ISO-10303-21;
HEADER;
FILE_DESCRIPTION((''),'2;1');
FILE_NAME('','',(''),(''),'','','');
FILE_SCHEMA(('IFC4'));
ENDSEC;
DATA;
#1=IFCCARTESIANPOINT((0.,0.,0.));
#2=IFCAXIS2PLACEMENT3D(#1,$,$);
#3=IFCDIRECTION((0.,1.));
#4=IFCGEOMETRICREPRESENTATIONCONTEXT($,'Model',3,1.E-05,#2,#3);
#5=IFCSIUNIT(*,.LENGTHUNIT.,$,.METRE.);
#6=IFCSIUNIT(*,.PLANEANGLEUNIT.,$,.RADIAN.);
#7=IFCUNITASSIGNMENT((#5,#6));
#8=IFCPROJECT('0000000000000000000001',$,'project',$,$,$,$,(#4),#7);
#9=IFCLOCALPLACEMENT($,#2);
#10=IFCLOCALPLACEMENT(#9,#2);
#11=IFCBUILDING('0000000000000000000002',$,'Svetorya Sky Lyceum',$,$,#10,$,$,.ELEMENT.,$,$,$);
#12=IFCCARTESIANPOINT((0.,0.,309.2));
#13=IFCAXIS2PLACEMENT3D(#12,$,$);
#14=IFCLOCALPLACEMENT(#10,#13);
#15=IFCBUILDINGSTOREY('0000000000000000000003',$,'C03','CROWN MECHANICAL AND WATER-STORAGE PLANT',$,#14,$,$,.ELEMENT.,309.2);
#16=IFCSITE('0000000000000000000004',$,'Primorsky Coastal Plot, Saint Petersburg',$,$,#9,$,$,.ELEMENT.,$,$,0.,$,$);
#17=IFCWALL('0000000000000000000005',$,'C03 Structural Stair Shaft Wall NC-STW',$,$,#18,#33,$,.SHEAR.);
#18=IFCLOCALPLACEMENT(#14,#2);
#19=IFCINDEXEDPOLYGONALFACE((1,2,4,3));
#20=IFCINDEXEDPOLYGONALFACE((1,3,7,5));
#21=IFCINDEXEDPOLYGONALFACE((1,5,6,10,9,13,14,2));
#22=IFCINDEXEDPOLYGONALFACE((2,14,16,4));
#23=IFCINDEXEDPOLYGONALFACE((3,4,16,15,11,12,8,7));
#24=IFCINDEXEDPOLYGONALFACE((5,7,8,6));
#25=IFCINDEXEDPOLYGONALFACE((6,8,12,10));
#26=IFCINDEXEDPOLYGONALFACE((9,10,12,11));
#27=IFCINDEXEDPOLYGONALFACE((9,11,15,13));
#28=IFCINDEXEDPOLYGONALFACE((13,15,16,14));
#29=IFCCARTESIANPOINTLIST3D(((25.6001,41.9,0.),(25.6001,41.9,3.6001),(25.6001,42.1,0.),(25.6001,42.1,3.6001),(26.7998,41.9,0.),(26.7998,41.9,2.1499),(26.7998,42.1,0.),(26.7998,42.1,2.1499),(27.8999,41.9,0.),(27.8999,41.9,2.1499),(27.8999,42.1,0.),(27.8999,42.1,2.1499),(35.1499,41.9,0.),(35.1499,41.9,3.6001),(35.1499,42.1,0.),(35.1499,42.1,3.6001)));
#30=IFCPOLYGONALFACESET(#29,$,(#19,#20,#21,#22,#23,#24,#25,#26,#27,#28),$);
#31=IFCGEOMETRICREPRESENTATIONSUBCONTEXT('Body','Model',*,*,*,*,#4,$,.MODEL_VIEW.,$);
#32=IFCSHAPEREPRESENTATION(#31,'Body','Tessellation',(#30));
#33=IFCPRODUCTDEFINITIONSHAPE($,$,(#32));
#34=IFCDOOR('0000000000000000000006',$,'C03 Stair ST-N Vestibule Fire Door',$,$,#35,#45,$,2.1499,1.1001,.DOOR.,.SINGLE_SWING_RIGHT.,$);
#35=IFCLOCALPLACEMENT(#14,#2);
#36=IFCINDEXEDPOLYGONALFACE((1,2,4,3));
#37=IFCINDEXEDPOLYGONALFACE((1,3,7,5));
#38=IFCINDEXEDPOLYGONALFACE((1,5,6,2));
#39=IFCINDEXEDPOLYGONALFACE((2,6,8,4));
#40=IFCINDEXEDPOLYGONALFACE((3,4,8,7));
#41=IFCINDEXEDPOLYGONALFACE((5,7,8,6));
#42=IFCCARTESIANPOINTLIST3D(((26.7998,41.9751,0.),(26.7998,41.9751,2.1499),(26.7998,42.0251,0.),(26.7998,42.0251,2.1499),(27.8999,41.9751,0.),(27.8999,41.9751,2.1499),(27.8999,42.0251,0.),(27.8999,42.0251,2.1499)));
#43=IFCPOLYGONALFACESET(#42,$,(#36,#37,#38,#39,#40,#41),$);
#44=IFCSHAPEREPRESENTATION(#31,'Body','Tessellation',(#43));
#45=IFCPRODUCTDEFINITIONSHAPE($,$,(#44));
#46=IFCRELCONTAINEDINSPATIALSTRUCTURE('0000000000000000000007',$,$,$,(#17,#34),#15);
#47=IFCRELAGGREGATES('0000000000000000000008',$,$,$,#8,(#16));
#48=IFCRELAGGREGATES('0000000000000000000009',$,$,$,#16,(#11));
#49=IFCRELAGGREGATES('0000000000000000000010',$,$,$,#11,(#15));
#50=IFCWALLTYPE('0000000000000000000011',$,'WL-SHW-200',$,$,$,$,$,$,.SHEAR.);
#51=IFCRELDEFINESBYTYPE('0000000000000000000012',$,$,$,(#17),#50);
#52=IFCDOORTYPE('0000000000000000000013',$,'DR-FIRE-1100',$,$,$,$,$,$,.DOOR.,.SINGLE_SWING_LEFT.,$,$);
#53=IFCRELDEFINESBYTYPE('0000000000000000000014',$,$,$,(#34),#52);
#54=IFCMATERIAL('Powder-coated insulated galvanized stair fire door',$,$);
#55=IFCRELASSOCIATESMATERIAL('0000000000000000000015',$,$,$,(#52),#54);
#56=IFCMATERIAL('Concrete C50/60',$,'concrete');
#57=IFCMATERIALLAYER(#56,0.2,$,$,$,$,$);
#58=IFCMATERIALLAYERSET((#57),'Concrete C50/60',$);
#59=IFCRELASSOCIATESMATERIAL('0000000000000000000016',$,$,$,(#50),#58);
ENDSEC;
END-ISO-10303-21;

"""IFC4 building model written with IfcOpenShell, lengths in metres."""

from ifc_helpers import new_model, si_unit, direction, frame, frame_2d, origin, place, context, subcontext, project, spatial, rectangle, extrude, material, layer, layer_set, type_object, element, fill, save


model = new_model("IFC4")

# Units and contexts
model_context = context("Model", 3, precision=1e-05, world=origin(), true_north=direction((0.0, 1.0)))
body_context = subcontext(model_context, "Body", "Model", "MODEL_VIEW")
ifc_project = project(units=[si_unit("LENGTHUNIT", "METRE"), si_unit("PLANEANGLEUNIT", "RADIAN")], contexts=[model_context])

# Site, building, storey
site_placement = place(None, origin())
site = spatial("IfcSite", under=ifc_project, at=site_placement, Name="Primorsky Coastal Plot, Saint Petersburg", CompositionType="ELEMENT", RefElevation=0.0)
building_placement = place(site_placement, origin())
building = spatial("IfcBuilding", under=site, at=building_placement, Name="Svetorya Sky Lyceum", CompositionType="ELEMENT")
storey_placement = place(building_placement, frame((0.0, 0.0, 309.2)))
storey = spatial("IfcBuildingStorey", under=building, at=storey_placement, Name="C03", Description="CROWN MECHANICAL AND WATER-STORAGE PLANT", CompositionType="ELEMENT", Elevation=309.2)

# Wall, opening, door
ifc_material_1 = material(Name="Powder-coated insulated galvanized stair fire door")
door_type_1 = type_object("IfcDoorType", Name="DR-FIRE-1100", OperationType="SINGLE_SWING_LEFT", PredefinedType="DOOR", material=ifc_material_1)
ifc_material_2 = material(Name="Concrete C50/60", Category="concrete")
ifc_layer_1 = layer(ifc_material_2, 0.2)
ifc_layer_set_1 = layer_set([ifc_layer_1], Name="Concrete C50/60")
wall_type_1 = type_object("IfcWallType", Name="WL-SHW-200", PredefinedType="SHEAR", material=ifc_layer_set_1)
wall_1_placement = place(storey_placement, frame((35.1499, 42.0, 0.0), z_axis=(0.0, 0.0, 1.0), x_axis=(-1.0, 0.0, 0.0)))
wall_1 = element("IfcWall", 1, at=wall_1_placement, inside=storey, type_object=wall_type_1, Name="C03 Structural Stair Shaft Wall NC-STW", PredefinedType="SHEAR", context=body_context, shape_type="SweptSolid", body=[
    extrude(rectangle(XDim=9.5498, YDim=0.2, at=frame_2d((4.7749, 0.0))), origin(), (0.0, 0.0, 1.0), 3.6001),
])
opening_1_placement = place(wall_1_placement, frame((7.25, 0.0, 0.0)))
opening_1 = element("IfcOpeningElement", 2, at=opening_1_placement, cuts=wall_1, PredefinedType="OPENING", context=body_context, shape_type="SweptSolid", body=[
    extrude(rectangle(XDim=1.1001, YDim=2.1499, at=frame_2d((0.55, 1.075))), frame((0.0, 0.1099, 0.0), z_axis=(0.0, -1.0, 0.0), x_axis=(1.0, 0.0, 0.0)), (0.0, 0.0, 1.0), 0.22),
])
door_1_placement = place(opening_1_placement, origin())
door_1 = element("IfcDoor", 3, at=door_1_placement, inside=storey, type_object=door_type_1, Name="C03 Stair ST-N Vestibule Fire Door", OperationType="SINGLE_SWING_RIGHT", OverallHeight=2.1499, OverallWidth=1.1001, PredefinedType="DOOR", context=body_context, shape_type="SweptSolid", body=[
    extrude(rectangle(XDim=1.1001, YDim=2.1499, at=frame_2d((0.55, 1.075))), frame((0.0, 0.0249, 0.0), z_axis=(0.0, -1.0, 0.0), x_axis=(1.0, 0.0, 0.0)), (0.0, 0.0, 1.0), 0.05),
])
fill(opening_1, door_1)

save(model, "model.ifc")
